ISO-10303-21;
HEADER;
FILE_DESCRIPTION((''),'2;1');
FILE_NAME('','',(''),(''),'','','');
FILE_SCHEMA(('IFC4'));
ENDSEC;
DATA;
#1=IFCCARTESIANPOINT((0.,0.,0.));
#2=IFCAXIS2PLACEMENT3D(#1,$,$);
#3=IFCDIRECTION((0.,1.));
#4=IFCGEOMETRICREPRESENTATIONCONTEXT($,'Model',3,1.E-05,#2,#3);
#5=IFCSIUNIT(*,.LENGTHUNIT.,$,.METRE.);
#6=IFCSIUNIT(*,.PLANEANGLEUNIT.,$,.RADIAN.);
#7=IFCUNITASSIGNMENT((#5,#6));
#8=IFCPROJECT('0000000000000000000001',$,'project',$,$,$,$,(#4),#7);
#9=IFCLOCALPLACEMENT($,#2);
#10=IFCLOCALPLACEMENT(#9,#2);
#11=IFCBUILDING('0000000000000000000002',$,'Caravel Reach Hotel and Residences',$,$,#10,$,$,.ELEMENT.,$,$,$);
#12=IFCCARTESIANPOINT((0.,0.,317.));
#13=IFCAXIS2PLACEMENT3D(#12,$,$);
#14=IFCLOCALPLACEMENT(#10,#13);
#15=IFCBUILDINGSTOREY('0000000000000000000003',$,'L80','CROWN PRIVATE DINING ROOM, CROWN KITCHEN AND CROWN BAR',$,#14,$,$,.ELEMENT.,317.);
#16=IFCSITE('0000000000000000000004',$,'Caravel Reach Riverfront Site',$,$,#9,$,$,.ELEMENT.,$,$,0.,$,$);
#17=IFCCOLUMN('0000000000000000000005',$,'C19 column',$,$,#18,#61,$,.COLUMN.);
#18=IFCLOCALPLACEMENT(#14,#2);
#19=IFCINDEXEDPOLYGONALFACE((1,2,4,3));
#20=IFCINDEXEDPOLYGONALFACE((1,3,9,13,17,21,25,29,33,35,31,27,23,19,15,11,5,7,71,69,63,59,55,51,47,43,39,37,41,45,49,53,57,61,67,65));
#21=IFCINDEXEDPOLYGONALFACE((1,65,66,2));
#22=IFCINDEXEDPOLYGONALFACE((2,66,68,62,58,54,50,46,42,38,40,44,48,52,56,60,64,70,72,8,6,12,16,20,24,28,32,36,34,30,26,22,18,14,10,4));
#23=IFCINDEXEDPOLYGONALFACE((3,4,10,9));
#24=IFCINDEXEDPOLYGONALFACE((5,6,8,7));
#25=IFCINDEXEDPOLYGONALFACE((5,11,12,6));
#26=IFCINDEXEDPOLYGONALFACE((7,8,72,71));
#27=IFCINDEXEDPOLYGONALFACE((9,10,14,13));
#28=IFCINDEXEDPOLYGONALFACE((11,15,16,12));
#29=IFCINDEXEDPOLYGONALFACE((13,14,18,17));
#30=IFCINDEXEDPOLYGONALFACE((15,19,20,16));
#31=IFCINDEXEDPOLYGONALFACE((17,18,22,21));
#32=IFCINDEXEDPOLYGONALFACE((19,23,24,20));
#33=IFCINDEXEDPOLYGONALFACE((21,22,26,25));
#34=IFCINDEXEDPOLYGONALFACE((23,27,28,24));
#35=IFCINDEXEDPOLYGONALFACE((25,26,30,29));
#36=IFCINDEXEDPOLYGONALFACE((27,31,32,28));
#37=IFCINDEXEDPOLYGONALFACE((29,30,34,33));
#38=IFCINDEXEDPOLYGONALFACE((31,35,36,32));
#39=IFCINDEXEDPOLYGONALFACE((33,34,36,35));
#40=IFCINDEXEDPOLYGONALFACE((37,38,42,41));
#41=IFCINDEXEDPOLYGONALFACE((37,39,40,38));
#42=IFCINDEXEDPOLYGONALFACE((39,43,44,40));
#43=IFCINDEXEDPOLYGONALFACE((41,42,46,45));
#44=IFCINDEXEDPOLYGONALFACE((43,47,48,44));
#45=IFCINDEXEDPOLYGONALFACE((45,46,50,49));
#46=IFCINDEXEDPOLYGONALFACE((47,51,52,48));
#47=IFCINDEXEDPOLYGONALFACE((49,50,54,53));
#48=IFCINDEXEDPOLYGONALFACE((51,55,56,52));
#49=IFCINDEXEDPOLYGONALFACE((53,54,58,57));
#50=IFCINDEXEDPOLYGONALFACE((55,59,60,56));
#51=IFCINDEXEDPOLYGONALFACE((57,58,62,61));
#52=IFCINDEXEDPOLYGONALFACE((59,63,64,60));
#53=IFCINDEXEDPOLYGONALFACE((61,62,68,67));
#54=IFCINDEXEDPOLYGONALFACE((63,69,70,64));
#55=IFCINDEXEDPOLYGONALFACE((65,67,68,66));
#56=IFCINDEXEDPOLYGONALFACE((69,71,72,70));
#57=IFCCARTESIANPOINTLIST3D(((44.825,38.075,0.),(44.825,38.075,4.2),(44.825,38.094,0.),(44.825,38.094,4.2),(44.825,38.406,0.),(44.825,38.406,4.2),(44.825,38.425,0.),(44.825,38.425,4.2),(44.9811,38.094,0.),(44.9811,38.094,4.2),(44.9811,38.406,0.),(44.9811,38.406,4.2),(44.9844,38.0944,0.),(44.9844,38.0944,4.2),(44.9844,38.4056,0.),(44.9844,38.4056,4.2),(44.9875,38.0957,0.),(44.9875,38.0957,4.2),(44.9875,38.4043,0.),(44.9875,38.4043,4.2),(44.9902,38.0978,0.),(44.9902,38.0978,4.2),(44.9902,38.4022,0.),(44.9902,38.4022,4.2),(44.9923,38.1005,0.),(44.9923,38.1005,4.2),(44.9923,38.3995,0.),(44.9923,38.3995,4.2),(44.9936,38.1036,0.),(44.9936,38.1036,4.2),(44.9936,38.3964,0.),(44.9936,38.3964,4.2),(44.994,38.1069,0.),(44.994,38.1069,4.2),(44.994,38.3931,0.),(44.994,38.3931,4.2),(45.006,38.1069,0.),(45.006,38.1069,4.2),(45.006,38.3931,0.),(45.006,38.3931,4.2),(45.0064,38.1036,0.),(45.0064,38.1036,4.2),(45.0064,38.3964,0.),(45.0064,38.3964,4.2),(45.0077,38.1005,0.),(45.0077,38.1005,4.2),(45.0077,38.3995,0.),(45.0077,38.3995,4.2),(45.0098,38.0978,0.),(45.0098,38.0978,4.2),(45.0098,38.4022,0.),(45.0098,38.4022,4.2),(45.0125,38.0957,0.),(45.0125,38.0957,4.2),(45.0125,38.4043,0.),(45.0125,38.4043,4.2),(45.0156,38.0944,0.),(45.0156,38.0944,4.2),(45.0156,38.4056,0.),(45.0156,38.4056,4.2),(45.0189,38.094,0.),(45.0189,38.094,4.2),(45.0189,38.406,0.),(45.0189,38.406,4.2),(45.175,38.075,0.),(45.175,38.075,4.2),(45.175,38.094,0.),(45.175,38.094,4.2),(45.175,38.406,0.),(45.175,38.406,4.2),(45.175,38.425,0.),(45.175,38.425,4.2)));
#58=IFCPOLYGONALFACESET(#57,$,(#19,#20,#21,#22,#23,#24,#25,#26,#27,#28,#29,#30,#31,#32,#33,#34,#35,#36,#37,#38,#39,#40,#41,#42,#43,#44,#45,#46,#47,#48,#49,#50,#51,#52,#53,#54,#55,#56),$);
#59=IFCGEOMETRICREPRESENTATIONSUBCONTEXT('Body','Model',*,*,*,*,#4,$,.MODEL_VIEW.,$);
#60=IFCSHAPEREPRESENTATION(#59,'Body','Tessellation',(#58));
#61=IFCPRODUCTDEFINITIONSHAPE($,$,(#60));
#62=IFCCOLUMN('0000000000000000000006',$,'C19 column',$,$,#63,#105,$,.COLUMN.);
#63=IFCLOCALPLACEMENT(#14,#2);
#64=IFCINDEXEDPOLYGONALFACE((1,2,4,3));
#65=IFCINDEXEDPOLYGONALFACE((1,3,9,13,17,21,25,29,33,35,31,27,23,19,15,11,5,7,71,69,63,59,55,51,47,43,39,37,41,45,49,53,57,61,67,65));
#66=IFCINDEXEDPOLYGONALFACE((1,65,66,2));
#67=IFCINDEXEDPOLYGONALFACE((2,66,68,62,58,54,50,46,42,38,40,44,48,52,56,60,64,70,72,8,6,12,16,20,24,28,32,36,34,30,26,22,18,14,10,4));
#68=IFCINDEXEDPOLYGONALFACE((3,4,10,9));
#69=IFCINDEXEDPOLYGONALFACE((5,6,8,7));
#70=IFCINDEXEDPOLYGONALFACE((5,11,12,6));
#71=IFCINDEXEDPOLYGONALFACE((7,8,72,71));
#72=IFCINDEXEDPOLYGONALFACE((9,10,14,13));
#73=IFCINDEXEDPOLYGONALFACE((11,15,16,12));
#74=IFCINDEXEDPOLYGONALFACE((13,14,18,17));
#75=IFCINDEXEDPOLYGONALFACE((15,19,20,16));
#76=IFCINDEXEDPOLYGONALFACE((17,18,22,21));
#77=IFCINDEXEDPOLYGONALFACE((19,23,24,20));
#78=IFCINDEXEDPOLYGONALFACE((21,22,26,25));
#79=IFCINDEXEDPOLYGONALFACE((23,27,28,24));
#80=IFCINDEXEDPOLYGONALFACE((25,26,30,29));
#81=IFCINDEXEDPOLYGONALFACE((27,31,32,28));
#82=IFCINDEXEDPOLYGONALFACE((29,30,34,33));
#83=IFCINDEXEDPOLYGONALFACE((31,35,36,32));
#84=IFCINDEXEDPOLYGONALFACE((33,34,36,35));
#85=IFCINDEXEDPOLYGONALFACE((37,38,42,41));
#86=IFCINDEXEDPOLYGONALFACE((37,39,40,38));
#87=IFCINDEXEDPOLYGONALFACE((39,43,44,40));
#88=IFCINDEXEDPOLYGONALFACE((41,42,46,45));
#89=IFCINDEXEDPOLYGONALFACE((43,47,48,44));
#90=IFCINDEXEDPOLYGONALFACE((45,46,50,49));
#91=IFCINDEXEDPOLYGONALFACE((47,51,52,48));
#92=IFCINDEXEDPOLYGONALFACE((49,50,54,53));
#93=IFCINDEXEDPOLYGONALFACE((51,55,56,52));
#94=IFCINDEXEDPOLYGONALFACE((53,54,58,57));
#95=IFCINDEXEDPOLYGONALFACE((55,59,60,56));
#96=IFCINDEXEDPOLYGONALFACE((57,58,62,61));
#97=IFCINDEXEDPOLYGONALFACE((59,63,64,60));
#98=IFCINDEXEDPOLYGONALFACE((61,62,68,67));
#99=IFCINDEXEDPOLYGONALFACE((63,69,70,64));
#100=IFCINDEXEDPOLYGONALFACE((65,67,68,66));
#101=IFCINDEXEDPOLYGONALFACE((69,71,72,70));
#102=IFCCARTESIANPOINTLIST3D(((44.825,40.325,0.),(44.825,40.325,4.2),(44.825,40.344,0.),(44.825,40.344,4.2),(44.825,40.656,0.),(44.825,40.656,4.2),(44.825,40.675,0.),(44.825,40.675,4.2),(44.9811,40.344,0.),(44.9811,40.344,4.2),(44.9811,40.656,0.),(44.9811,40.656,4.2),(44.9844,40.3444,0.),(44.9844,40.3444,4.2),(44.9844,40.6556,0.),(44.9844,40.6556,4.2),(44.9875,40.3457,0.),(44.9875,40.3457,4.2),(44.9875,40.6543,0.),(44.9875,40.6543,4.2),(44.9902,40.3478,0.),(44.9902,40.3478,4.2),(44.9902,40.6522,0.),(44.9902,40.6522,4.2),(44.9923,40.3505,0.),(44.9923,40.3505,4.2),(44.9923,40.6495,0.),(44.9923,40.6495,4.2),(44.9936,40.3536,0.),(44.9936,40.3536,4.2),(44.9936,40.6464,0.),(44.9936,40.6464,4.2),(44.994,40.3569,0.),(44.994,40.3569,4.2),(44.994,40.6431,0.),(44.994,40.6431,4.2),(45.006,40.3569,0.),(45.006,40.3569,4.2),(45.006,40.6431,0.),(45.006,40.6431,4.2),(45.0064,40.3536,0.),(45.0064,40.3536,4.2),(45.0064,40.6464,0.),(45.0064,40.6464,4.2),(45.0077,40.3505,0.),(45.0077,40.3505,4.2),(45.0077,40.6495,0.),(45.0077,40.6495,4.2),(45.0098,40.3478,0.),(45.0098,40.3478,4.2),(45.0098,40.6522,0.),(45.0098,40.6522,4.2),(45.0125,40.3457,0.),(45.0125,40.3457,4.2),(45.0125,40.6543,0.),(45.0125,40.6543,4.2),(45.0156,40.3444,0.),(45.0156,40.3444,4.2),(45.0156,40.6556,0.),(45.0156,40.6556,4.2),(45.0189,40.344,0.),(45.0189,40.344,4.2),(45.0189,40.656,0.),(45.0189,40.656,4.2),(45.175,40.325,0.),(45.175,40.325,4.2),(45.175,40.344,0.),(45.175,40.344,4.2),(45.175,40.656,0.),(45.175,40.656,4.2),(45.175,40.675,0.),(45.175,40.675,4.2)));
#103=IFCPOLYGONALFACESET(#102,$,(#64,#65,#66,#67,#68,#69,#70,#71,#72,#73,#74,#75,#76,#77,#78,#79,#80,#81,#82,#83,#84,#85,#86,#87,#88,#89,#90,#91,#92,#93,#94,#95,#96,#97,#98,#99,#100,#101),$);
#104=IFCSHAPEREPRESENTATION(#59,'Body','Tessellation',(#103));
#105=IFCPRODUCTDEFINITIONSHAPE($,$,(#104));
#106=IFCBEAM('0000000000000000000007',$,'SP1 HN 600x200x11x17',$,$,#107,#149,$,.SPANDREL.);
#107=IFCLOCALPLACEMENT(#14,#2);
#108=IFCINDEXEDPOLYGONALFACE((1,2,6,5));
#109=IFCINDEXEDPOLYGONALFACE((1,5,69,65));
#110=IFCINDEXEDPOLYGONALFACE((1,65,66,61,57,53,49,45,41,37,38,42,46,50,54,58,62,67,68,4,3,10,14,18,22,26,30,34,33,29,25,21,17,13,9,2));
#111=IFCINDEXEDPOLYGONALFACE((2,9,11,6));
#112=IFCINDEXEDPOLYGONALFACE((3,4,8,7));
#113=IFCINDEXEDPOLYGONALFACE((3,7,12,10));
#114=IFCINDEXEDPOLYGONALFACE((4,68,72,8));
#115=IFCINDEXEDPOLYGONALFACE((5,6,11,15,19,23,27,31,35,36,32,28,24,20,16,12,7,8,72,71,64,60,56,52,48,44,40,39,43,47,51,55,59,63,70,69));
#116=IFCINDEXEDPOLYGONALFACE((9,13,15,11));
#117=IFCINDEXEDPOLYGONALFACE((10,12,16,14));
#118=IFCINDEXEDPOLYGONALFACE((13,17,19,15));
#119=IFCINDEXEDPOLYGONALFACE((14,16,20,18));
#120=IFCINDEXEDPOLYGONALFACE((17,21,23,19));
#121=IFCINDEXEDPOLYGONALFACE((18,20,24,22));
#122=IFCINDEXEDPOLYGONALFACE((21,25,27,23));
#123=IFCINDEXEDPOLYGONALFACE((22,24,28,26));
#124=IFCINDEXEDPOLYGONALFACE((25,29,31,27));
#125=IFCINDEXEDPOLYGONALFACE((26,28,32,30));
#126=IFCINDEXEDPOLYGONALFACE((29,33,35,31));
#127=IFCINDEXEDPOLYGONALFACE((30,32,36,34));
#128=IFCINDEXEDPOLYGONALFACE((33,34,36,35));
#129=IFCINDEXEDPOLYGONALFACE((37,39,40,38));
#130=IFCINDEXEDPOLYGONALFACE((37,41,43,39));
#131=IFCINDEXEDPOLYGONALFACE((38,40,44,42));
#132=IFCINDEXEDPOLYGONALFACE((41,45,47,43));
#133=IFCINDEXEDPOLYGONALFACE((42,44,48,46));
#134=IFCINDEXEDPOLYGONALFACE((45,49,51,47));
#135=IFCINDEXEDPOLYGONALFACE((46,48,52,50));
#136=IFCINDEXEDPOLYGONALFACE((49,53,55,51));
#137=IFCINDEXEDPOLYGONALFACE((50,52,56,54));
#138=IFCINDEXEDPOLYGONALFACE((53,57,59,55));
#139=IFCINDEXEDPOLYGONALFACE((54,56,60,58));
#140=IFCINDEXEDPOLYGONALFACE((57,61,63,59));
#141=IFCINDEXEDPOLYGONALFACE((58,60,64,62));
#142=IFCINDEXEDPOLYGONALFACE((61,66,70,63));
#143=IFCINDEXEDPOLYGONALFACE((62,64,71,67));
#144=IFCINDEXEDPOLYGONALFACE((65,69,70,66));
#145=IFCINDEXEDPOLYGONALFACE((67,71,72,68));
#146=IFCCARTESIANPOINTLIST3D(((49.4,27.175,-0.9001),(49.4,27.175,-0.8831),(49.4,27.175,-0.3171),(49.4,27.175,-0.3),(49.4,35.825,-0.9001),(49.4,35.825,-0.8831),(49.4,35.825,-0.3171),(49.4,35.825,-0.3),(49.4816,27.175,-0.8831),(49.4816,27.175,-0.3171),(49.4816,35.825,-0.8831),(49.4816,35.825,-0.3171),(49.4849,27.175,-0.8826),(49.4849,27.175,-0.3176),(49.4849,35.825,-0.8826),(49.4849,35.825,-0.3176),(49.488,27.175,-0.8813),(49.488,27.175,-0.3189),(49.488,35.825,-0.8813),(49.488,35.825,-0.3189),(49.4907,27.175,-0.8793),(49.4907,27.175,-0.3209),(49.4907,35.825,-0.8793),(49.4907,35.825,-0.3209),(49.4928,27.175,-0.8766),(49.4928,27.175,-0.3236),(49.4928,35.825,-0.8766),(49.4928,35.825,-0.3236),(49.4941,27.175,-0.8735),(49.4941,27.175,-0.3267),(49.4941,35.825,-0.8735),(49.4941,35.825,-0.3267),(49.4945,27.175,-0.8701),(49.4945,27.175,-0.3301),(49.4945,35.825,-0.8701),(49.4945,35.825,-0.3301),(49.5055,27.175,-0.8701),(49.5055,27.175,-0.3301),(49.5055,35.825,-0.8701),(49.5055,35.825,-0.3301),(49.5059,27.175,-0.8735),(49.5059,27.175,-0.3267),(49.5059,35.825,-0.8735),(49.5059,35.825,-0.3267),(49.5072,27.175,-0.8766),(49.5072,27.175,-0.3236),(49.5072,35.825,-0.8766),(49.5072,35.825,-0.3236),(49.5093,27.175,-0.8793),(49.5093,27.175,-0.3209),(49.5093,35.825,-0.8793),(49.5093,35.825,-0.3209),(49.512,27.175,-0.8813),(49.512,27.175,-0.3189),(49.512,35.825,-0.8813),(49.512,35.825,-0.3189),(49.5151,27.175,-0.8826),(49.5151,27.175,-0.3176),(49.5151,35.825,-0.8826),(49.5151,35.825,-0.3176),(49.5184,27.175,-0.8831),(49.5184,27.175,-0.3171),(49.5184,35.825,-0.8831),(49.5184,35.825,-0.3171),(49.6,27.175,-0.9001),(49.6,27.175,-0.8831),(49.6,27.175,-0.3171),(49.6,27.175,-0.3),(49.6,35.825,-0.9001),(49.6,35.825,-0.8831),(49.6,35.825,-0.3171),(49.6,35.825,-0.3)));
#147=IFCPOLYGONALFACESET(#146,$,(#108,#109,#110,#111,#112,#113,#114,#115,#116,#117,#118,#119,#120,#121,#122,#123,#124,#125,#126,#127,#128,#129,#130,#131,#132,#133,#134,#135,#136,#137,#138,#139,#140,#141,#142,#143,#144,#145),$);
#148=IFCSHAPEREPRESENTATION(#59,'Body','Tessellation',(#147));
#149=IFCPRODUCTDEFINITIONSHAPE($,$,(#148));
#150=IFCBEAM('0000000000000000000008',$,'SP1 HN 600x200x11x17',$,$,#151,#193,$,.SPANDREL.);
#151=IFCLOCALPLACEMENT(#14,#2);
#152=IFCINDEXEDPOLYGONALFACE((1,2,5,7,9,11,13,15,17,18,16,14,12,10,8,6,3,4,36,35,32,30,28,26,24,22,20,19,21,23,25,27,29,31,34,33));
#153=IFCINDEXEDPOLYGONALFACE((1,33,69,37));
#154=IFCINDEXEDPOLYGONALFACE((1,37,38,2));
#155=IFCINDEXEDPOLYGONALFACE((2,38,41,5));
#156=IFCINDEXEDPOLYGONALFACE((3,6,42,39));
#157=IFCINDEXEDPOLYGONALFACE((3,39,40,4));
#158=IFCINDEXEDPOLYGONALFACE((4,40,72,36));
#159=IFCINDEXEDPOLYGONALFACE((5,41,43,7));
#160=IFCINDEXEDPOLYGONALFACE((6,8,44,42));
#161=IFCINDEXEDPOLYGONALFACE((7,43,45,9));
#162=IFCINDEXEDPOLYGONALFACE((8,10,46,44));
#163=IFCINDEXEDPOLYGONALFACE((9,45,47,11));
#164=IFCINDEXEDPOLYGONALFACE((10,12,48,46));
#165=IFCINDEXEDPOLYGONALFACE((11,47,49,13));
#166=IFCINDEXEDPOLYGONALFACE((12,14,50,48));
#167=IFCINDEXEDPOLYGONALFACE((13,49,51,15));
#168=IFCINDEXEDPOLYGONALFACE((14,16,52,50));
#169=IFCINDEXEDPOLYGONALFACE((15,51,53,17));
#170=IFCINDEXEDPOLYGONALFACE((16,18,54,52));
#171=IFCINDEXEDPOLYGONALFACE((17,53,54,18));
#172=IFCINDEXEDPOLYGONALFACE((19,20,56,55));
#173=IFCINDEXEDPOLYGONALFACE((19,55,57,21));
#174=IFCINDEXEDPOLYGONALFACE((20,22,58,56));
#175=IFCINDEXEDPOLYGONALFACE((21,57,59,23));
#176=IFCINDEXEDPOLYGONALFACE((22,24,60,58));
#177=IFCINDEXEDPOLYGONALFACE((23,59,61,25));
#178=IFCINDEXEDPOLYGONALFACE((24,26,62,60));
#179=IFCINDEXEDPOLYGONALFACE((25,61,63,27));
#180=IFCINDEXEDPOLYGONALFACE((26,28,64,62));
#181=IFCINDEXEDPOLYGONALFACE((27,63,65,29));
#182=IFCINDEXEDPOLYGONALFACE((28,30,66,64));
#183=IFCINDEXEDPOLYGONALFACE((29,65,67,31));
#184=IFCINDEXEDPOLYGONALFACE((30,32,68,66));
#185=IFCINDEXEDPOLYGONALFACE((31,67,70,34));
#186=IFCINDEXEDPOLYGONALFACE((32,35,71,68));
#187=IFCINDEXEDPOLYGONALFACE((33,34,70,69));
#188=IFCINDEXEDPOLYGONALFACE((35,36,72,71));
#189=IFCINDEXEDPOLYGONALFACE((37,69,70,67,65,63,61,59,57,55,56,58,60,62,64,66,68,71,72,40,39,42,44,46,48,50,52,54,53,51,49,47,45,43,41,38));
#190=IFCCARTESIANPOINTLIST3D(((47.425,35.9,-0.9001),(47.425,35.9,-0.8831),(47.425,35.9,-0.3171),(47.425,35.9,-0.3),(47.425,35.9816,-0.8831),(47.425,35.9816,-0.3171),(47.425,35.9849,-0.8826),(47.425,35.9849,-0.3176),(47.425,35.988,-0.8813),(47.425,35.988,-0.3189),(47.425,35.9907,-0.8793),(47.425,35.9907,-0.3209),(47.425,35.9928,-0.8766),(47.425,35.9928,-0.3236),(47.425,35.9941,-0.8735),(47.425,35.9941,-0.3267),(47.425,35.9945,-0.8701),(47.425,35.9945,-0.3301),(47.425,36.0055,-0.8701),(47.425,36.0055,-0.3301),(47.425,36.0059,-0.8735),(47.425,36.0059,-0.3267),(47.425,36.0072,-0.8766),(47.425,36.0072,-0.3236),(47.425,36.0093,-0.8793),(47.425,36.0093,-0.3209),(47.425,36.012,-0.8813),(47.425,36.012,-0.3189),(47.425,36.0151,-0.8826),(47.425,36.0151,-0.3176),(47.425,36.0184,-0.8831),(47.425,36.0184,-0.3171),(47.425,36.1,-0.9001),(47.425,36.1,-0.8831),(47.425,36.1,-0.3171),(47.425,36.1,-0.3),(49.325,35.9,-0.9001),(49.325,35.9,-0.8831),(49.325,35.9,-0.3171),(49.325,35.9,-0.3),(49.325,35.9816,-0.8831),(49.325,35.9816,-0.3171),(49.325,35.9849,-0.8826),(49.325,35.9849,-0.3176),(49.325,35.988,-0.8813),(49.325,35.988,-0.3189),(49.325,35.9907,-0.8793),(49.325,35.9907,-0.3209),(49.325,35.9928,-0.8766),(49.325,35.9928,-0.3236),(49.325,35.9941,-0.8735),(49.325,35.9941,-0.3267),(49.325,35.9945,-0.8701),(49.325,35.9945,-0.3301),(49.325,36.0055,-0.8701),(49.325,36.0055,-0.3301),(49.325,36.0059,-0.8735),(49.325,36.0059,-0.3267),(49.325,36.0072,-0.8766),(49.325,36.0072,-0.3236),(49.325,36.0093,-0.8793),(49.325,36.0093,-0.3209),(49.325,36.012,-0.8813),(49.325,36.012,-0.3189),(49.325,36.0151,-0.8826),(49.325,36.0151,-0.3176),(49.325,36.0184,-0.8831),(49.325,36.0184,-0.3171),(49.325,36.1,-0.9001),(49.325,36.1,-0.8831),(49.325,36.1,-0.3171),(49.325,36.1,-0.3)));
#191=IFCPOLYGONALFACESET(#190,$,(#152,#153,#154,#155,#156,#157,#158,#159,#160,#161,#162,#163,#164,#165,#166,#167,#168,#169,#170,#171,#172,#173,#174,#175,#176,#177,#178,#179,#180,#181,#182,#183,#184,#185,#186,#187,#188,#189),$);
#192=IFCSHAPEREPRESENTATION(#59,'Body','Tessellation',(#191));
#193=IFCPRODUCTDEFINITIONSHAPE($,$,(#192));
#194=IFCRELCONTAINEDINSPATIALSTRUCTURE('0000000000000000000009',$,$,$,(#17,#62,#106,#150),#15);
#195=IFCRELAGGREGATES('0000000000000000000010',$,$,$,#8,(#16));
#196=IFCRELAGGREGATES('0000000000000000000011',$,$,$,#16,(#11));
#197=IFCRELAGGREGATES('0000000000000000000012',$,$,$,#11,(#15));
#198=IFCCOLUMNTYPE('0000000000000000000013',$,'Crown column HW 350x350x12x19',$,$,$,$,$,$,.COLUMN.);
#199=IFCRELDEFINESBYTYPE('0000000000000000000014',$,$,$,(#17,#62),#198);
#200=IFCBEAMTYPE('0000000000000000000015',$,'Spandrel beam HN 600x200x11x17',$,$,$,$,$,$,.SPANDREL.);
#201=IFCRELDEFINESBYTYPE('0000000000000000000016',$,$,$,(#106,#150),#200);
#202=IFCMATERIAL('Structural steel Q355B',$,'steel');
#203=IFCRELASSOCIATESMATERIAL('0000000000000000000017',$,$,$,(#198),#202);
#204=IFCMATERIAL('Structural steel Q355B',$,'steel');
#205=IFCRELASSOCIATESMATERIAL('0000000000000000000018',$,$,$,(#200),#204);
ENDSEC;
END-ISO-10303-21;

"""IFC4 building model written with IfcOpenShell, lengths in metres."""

from ifc_helpers import new_model, si_unit, direction, frame, origin, origin_2d, place, context, subcontext, project, spatial, i_section, extrude, material, material_profile, profile_set, type_object, element, save


model = new_model("IFC4")

# Units and contexts
model_context = context("Model", 3, precision=1e-05, world=origin(), true_north=direction((0.0, 1.0)))
body_context = subcontext(model_context, "Body", "Model", "MODEL_VIEW")
ifc_project = project(units=[si_unit("LENGTHUNIT", "METRE"), si_unit("PLANEANGLEUNIT", "RADIAN")], contexts=[model_context])

# Site, building, storey
site_placement = place(None, origin())
site = spatial("IfcSite", under=ifc_project, at=site_placement, Name="Caravel Reach Riverfront Site", CompositionType="ELEMENT", RefElevation=0.0)
building_placement = place(site_placement, origin())
building = spatial("IfcBuilding", under=site, at=building_placement, Name="Caravel Reach Hotel and Residences", CompositionType="ELEMENT")
storey_placement = place(building_placement, frame((0.0, 0.0, 317.0)))
storey = spatial("IfcBuildingStorey", under=building, at=storey_placement, Name="L80", Description="CROWN PRIVATE DINING ROOM, CROWN KITCHEN AND CROWN BAR", CompositionType="ELEMENT", Elevation=317.0)

# Columns
ifc_material_1 = material(Name="Structural steel Q355B", Category="steel")
ifc_material_profile_1 = material_profile(ifc_material_1, i_section(OverallWidth=0.3501, OverallDepth=0.3501, WebThickness=0.012, FlangeThickness=0.019, FilletRadius=0.0129, at=origin_2d()), Name="HW 350x350x12x19")
ifc_profile_set_1 = profile_set([ifc_material_profile_1], Name="Structural steel Q355B")
column_type = type_object("IfcColumnType", Name="Crown column HW 350x350x12x19", PredefinedType="COLUMN", material=ifc_profile_set_1)
for number, where, z_axis, x_axis, name in (
    (1, (45.0, 38.25, 0.0), (0.0, 0.0, 1.0), (1.0, 0.0, 0.0), "C19 column"),
    (2, (45.0, 40.5, 0.0), (0.0, 0.0, 1.0), (1.0, 0.0, 0.0), "C19 column"),
):
    element("IfcColumn", number, at=place(storey_placement, frame(where, z_axis=z_axis, x_axis=x_axis)), inside=storey, type_object=column_type, Name=name, PredefinedType="COLUMN", context=body_context, shape_type="SweptSolid", body=[
        extrude(i_section(OverallWidth=0.3501, OverallDepth=0.3501, WebThickness=0.012, FlangeThickness=0.019, FilletRadius=0.0129, at=origin_2d()), origin(), (0.0, 0.0, 1.0), 4.2),
    ])

# Beams
ifc_material_2 = material(Name="Structural steel Q355B", Category="steel")
ifc_material_profile_2 = material_profile(ifc_material_2, i_section(OverallWidth=0.2, OverallDepth=0.6001, WebThickness=0.011, FlangeThickness=0.0171, FilletRadius=0.0129, at=origin_2d()), Name="HN 600x200x11x17")
ifc_profile_set_2 = profile_set([ifc_material_profile_2], Name="Structural steel Q355B")
beam_type = type_object("IfcBeamType", Name="Spandrel beam HN 600x200x11x17", PredefinedType="SPANDREL", material=ifc_profile_set_2)
beam_1_placement = place(storey_placement, frame((49.5, 27.175, -0.6001), z_axis=(0.0, 1.0, 0.0), x_axis=(-1.0, 0.0, 0.0)))
element("IfcBeam", 3, at=beam_1_placement, inside=storey, type_object=beam_type, Name="SP1 HN 600x200x11x17", PredefinedType="SPANDREL", context=body_context, shape_type="SweptSolid", body=[
    extrude(i_section(OverallWidth=0.2, OverallDepth=0.6001, WebThickness=0.011, FlangeThickness=0.0171, FilletRadius=0.0129, at=origin_2d()), origin(), (0.0, 0.0, 1.0), 8.6499),
])
for number, where, z_axis, x_axis, name in (
    (4, (49.325, 36.0, -0.6001), (-1.0, 0.0, 0.0), (0.0, -1.0, 0.0), "SP1 HN 600x200x11x17"),
):
    element("IfcBeam", number, at=place(storey_placement, frame(where, z_axis=z_axis, x_axis=x_axis)), inside=storey, type_object=beam_type, Name=name, PredefinedType="SPANDREL", context=body_context, shape_type="SweptSolid", body=[
        extrude(i_section(OverallWidth=0.2, OverallDepth=0.6001, WebThickness=0.011, FlangeThickness=0.0171, FilletRadius=0.0129, at=origin_2d()), origin(), (0.0, 0.0, 1.0), 1.8999),
    ])

save(model, "model.ifc")
